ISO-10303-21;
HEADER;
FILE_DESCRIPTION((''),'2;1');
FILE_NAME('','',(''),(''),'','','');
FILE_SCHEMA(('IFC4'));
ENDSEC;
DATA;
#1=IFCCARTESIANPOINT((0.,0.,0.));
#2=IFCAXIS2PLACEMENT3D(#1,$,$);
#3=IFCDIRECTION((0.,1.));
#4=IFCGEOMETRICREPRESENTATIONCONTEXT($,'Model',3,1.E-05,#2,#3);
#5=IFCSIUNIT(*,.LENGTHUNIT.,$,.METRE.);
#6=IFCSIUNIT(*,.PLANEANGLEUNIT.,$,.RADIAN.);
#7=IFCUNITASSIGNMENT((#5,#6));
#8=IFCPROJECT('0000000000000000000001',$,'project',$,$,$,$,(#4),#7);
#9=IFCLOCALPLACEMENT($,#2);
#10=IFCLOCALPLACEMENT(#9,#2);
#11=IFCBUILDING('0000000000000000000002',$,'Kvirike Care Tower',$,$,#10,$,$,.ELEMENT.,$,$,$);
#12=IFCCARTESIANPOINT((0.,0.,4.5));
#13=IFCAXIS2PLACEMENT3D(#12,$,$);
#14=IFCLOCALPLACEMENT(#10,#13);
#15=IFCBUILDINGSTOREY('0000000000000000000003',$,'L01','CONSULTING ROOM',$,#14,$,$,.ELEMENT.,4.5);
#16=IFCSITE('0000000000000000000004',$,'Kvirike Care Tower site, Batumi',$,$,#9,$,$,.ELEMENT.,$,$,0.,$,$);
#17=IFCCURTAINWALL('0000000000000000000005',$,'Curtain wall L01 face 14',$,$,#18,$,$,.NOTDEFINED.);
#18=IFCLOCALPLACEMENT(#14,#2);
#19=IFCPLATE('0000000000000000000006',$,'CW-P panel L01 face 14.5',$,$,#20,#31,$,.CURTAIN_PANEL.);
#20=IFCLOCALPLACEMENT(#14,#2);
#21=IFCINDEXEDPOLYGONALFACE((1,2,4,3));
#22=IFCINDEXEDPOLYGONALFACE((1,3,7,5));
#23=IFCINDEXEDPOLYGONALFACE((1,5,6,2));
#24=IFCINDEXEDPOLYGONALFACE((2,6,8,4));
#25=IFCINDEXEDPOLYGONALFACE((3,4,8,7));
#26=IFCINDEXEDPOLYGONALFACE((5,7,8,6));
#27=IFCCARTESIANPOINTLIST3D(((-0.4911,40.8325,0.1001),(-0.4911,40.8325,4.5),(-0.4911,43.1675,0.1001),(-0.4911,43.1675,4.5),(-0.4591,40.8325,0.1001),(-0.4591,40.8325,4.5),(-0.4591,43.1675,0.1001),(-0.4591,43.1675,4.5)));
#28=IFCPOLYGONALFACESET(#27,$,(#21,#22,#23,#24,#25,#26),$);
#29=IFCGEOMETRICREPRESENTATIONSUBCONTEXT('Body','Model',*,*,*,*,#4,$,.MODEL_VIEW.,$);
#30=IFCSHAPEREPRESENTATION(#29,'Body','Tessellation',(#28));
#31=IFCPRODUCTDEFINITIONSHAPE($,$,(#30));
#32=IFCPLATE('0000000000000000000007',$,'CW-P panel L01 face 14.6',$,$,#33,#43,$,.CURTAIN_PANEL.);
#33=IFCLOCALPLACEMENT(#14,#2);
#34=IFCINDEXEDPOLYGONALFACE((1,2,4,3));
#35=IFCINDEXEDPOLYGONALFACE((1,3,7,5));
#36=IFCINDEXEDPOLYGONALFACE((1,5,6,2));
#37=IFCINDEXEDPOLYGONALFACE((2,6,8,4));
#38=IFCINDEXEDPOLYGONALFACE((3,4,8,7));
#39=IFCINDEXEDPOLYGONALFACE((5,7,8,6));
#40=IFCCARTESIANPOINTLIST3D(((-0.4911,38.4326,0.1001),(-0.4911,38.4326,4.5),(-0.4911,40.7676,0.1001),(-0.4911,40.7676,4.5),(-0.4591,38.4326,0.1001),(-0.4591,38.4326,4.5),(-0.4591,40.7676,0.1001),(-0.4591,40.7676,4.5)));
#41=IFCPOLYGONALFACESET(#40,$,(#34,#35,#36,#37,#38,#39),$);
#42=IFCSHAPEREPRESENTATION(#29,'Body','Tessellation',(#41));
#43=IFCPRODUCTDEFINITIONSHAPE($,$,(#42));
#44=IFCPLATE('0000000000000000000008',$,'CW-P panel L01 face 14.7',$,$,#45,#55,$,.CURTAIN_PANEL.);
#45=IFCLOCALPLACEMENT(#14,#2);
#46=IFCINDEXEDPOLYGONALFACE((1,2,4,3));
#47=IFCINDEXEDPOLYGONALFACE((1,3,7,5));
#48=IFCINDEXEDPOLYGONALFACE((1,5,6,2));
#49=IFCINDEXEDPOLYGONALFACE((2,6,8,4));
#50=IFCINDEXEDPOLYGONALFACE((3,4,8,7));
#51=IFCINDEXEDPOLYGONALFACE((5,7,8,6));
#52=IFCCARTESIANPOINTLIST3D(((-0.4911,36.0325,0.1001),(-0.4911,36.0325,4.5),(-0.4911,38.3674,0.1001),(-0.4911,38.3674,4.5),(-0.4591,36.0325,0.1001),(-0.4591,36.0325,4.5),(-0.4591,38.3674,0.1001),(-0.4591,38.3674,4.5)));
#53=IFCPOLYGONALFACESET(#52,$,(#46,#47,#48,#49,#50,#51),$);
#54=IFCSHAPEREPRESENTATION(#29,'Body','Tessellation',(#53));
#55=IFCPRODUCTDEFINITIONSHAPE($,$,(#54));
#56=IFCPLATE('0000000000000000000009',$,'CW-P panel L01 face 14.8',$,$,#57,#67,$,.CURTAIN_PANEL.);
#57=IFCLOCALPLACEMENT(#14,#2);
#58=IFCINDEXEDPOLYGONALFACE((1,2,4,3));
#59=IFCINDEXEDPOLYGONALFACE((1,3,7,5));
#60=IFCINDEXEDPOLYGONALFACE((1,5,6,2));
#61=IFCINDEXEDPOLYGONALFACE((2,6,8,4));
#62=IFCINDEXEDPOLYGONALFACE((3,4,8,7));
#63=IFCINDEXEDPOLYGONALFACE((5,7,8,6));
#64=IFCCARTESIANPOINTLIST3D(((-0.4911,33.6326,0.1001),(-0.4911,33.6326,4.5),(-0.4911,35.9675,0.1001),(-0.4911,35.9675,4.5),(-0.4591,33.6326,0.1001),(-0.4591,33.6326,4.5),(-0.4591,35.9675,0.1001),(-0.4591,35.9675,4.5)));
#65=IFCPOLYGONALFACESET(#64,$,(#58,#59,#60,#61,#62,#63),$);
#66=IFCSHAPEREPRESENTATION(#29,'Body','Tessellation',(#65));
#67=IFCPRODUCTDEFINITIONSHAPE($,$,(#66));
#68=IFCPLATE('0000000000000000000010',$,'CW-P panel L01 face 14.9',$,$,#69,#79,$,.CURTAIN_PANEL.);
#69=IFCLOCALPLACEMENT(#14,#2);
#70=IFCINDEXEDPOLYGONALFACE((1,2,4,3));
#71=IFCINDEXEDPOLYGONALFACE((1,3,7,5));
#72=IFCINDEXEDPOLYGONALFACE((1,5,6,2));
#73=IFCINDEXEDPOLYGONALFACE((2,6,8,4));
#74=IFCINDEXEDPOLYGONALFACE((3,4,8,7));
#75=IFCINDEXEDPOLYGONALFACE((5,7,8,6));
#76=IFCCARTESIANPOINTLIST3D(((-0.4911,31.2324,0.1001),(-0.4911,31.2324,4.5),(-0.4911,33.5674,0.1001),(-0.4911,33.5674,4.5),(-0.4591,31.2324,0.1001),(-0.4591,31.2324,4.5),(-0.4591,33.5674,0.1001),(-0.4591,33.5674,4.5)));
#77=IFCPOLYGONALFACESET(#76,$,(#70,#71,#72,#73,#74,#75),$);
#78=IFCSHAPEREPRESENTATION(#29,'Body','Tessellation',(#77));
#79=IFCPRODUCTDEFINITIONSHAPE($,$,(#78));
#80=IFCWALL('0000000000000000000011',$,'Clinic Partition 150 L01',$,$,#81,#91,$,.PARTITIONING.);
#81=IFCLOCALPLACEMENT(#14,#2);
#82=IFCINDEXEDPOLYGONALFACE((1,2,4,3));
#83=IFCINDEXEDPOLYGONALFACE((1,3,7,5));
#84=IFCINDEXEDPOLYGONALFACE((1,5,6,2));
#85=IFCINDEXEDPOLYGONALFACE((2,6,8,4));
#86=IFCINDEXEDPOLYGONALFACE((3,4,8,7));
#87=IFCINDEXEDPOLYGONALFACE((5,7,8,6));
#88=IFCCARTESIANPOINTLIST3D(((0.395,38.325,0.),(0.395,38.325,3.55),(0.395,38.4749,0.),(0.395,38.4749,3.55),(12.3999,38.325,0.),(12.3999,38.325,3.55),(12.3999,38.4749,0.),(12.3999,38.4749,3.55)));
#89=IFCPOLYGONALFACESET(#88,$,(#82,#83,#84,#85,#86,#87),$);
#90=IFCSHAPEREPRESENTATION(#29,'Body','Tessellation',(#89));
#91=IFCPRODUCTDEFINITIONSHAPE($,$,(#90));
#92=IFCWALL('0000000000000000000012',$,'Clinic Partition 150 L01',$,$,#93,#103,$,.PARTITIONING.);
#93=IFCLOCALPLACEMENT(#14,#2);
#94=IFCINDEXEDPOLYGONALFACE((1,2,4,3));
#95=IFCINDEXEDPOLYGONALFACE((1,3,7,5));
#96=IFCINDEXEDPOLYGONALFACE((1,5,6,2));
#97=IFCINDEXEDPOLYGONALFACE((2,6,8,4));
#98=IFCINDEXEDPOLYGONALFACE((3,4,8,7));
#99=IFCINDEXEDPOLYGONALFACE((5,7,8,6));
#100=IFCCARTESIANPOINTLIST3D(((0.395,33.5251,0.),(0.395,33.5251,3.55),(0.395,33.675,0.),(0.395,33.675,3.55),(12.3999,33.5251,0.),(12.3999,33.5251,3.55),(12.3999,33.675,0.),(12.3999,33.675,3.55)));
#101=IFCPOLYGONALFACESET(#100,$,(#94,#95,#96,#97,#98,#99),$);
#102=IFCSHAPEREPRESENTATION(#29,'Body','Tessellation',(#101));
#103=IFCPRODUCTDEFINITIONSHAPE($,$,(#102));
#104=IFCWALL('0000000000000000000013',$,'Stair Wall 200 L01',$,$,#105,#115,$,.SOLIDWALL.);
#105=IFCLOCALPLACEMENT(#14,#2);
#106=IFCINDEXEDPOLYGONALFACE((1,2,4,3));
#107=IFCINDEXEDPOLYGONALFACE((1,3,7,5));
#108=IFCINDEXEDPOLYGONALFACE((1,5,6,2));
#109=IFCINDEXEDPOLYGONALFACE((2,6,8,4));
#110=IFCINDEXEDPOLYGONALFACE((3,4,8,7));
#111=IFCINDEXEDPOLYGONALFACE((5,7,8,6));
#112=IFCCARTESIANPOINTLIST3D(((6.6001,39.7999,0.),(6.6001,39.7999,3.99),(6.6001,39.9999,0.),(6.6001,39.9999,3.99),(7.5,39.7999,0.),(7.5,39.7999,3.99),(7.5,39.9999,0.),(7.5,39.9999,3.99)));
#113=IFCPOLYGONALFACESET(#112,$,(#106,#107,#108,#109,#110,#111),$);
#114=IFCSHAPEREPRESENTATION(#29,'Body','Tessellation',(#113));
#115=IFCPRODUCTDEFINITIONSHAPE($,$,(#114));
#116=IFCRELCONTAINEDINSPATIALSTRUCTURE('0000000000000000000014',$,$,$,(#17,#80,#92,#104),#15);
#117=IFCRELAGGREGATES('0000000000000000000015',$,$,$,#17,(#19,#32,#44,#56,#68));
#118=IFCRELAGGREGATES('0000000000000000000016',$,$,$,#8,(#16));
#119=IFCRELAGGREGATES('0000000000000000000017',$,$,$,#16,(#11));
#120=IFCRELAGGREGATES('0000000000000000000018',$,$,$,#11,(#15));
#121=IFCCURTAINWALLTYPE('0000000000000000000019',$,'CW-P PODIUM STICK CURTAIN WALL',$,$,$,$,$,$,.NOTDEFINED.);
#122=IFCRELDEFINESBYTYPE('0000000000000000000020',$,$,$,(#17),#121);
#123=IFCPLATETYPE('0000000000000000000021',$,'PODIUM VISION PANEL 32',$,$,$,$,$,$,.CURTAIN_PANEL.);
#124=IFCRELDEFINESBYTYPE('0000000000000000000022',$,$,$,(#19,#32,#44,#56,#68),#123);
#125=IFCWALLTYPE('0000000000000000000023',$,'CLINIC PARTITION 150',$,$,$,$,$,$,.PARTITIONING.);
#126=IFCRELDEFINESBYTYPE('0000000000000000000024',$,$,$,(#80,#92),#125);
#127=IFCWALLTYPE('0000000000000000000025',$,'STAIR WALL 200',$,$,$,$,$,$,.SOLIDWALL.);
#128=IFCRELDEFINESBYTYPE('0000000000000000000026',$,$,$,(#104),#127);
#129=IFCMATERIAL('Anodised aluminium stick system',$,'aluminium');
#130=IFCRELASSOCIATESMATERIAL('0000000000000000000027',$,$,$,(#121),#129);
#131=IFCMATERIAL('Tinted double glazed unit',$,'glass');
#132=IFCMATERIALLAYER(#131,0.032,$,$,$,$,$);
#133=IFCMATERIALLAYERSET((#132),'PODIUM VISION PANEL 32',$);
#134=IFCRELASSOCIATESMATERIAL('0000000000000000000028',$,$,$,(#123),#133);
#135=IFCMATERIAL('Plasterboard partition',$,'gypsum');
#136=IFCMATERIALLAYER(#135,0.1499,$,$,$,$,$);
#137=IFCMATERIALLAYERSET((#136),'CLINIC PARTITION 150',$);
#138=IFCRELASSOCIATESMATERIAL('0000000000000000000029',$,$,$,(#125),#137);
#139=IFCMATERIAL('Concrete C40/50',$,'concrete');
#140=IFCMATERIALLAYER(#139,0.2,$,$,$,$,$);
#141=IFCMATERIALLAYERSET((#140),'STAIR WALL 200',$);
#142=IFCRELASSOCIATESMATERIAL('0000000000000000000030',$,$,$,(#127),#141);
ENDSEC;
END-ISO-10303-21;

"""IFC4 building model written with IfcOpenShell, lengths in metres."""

from ifc_helpers import new_model, si_unit, direction, frame, frame_2d, origin, origin_2d, place, context, subcontext, project, spatial, rectangle, extrude, material, layer, layer_set, type_object, element, aggregate, save


model = new_model("IFC4")

# Units and contexts
model_context = context("Model", 3, precision=1e-05, world=origin(), true_north=direction((0.0, 1.0)))
body_context = subcontext(model_context, "Body", "Model", "MODEL_VIEW")
ifc_project = project(units=[si_unit("LENGTHUNIT", "METRE"), si_unit("PLANEANGLEUNIT", "RADIAN")], contexts=[model_context])

# Site, building, storey
site_placement = place(None, origin())
site = spatial("IfcSite", under=ifc_project, at=site_placement, Name="Kvirike Care Tower site, Batumi", CompositionType="ELEMENT", RefElevation=0.0)
building_placement = place(site_placement, origin())
building = spatial("IfcBuilding", under=site, at=building_placement, Name="Kvirike Care Tower", CompositionType="ELEMENT")
storey_placement = place(building_placement, frame((0.0, 0.0, 4.5)))
storey = spatial("IfcBuildingStorey", under=building, at=storey_placement, Name="L01", Description="CONSULTING ROOM", CompositionType="ELEMENT", Elevation=4.5)

# Curtain wall
ifc_material_1 = material(Name="Anodised aluminium stick system", Category="aluminium")
curtain_wall_type = type_object("IfcCurtainWallType", Name="CW-P PODIUM STICK CURTAIN WALL", PredefinedType="NOTDEFINED", material=ifc_material_1)
curtain_wall_placement = place(storey_placement, origin())
curtain_wall = element("IfcCurtainWall", 1, at=curtain_wall_placement, inside=storey, type_object=curtain_wall_type, Name="Curtain wall L01 face 14", PredefinedType="NOTDEFINED")

# Plates
ifc_material_2 = material(Name="Tinted double glazed unit", Category="glass")
ifc_layer_1 = layer(ifc_material_2, 0.032)
ifc_layer_set_1 = layer_set([ifc_layer_1], Name="PODIUM VISION PANEL 32")
plate_type = type_object("IfcPlateType", Name="PODIUM VISION PANEL 32", PredefinedType="CURTAIN_PANEL", material=ifc_layer_set_1)
plate_1_placement = place(storey_placement, frame((-0.4751, 42.0, 0.1001), z_axis=(0.0, 0.0, 1.0), x_axis=(0.0, -1.0, 0.0)))
plate_1 = element("IfcPlate", 2, at=plate_1_placement, type_object=plate_type, Name="CW-P panel L01 face 14.5", PredefinedType="CURTAIN_PANEL", context=body_context, shape_type="SweptSolid", body=[
    extrude(rectangle(XDim=2.335, YDim=0.032, at=origin_2d()), origin(), (0.0, 0.0, 1.0), 4.3999),
])
plate_2_placement = place(storey_placement, frame((-0.4751, 39.6001, 0.1001), z_axis=(0.0, 0.0, 1.0), x_axis=(0.0, -1.0, 0.0)))
plate_2 = element("IfcPlate", 3, at=plate_2_placement, type_object=plate_type, Name="CW-P panel L01 face 14.6", PredefinedType="CURTAIN_PANEL", context=body_context, shape_type="SweptSolid", body=[
    extrude(rectangle(XDim=2.335, YDim=0.032, at=origin_2d()), origin(), (0.0, 0.0, 1.0), 4.3999),
])
plate_3_placement = place(storey_placement, frame((-0.4751, 37.2, 0.1001), z_axis=(0.0, 0.0, 1.0), x_axis=(0.0, -1.0, 0.0)))
plate_3 = element("IfcPlate", 4, at=plate_3_placement, type_object=plate_type, Name="CW-P panel L01 face 14.7", PredefinedType="CURTAIN_PANEL", context=body_context, shape_type="SweptSolid", body=[
    extrude(rectangle(XDim=2.335, YDim=0.032, at=origin_2d()), origin(), (0.0, 0.0, 1.0), 4.3999),
])
plate_4_placement = place(storey_placement, frame((-0.4751, 34.8, 0.1001), z_axis=(0.0, 0.0, 1.0), x_axis=(0.0, -1.0, 0.0)))
plate_4 = element("IfcPlate", 5, at=plate_4_placement, type_object=plate_type, Name="CW-P panel L01 face 14.8", PredefinedType="CURTAIN_PANEL", context=body_context, shape_type="SweptSolid", body=[
    extrude(rectangle(XDim=2.335, YDim=0.032, at=origin_2d()), origin(), (0.0, 0.0, 1.0), 4.3999),
])
plate_5_placement = place(storey_placement, frame((-0.4751, 32.3999, 0.1001), z_axis=(0.0, 0.0, 1.0), x_axis=(0.0, -1.0, 0.0)))
plate_5 = element("IfcPlate", 6, at=plate_5_placement, type_object=plate_type, Name="CW-P panel L01 face 14.9", PredefinedType="CURTAIN_PANEL", context=body_context, shape_type="SweptSolid", body=[
    extrude(rectangle(XDim=2.335, YDim=0.032, at=origin_2d()), origin(), (0.0, 0.0, 1.0), 4.3999),
])
aggregate(curtain_wall, [plate_1, plate_2, plate_3, plate_4, plate_5])

# Walls
ifc_material_3 = material(Name="Plasterboard partition", Category="gypsum")
ifc_layer_2 = layer(ifc_material_3, 0.1499)
ifc_layer_set_2 = layer_set([ifc_layer_2], Name="CLINIC PARTITION 150")
wall_type_1 = type_object("IfcWallType", Name="CLINIC PARTITION 150", PredefinedType="PARTITIONING", material=ifc_layer_set_2)
for number, where, z_axis, x_axis, name in (
    (7, (0.395, 38.3999, 0.0), (0.0, 0.0, 1.0), (1.0, 0.0, 0.0), "Clinic Partition 150 L01"),
    (8, (0.395, 33.6001, 0.0), (0.0, 0.0, 1.0), (1.0, 0.0, 0.0), "Clinic Partition 150 L01"),
):
    element("IfcWall", number, at=place(storey_placement, frame(where, z_axis=z_axis, x_axis=x_axis)), inside=storey, type_object=wall_type_1, Name=name, PredefinedType="PARTITIONING", context=body_context, shape_type="SweptSolid", body=[
        extrude(rectangle(XDim=12.0049, YDim=0.1499, at=frame_2d((6.0024, 0.0))), origin(), (0.0, 0.0, 1.0), 3.55),
    ])
ifc_material_4 = material(Name="Concrete C40/50", Category="concrete")
ifc_layer_3 = layer(ifc_material_4, 0.2)
ifc_layer_set_3 = layer_set([ifc_layer_3], Name="STAIR WALL 200")
wall_type_2 = type_object("IfcWallType", Name="STAIR WALL 200", PredefinedType="SOLIDWALL", material=ifc_layer_set_3)
wall_placement = place(storey_placement, frame((6.6001, 39.8999, 0.0), z_axis=(0.0, 0.0, 1.0), x_axis=(1.0, 0.0, 0.0)))
element("IfcWall", 9, at=wall_placement, inside=storey, type_object=wall_type_2, Name="Stair Wall 200 L01", PredefinedType="SOLIDWALL", context=body_context, shape_type="SweptSolid", body=[
    extrude(rectangle(XDim=0.8999, YDim=0.2, at=frame_2d((0.45, 0.0))), origin(), (0.0, 0.0, 1.0), 3.99),
])

save(model, "model.ifc")
